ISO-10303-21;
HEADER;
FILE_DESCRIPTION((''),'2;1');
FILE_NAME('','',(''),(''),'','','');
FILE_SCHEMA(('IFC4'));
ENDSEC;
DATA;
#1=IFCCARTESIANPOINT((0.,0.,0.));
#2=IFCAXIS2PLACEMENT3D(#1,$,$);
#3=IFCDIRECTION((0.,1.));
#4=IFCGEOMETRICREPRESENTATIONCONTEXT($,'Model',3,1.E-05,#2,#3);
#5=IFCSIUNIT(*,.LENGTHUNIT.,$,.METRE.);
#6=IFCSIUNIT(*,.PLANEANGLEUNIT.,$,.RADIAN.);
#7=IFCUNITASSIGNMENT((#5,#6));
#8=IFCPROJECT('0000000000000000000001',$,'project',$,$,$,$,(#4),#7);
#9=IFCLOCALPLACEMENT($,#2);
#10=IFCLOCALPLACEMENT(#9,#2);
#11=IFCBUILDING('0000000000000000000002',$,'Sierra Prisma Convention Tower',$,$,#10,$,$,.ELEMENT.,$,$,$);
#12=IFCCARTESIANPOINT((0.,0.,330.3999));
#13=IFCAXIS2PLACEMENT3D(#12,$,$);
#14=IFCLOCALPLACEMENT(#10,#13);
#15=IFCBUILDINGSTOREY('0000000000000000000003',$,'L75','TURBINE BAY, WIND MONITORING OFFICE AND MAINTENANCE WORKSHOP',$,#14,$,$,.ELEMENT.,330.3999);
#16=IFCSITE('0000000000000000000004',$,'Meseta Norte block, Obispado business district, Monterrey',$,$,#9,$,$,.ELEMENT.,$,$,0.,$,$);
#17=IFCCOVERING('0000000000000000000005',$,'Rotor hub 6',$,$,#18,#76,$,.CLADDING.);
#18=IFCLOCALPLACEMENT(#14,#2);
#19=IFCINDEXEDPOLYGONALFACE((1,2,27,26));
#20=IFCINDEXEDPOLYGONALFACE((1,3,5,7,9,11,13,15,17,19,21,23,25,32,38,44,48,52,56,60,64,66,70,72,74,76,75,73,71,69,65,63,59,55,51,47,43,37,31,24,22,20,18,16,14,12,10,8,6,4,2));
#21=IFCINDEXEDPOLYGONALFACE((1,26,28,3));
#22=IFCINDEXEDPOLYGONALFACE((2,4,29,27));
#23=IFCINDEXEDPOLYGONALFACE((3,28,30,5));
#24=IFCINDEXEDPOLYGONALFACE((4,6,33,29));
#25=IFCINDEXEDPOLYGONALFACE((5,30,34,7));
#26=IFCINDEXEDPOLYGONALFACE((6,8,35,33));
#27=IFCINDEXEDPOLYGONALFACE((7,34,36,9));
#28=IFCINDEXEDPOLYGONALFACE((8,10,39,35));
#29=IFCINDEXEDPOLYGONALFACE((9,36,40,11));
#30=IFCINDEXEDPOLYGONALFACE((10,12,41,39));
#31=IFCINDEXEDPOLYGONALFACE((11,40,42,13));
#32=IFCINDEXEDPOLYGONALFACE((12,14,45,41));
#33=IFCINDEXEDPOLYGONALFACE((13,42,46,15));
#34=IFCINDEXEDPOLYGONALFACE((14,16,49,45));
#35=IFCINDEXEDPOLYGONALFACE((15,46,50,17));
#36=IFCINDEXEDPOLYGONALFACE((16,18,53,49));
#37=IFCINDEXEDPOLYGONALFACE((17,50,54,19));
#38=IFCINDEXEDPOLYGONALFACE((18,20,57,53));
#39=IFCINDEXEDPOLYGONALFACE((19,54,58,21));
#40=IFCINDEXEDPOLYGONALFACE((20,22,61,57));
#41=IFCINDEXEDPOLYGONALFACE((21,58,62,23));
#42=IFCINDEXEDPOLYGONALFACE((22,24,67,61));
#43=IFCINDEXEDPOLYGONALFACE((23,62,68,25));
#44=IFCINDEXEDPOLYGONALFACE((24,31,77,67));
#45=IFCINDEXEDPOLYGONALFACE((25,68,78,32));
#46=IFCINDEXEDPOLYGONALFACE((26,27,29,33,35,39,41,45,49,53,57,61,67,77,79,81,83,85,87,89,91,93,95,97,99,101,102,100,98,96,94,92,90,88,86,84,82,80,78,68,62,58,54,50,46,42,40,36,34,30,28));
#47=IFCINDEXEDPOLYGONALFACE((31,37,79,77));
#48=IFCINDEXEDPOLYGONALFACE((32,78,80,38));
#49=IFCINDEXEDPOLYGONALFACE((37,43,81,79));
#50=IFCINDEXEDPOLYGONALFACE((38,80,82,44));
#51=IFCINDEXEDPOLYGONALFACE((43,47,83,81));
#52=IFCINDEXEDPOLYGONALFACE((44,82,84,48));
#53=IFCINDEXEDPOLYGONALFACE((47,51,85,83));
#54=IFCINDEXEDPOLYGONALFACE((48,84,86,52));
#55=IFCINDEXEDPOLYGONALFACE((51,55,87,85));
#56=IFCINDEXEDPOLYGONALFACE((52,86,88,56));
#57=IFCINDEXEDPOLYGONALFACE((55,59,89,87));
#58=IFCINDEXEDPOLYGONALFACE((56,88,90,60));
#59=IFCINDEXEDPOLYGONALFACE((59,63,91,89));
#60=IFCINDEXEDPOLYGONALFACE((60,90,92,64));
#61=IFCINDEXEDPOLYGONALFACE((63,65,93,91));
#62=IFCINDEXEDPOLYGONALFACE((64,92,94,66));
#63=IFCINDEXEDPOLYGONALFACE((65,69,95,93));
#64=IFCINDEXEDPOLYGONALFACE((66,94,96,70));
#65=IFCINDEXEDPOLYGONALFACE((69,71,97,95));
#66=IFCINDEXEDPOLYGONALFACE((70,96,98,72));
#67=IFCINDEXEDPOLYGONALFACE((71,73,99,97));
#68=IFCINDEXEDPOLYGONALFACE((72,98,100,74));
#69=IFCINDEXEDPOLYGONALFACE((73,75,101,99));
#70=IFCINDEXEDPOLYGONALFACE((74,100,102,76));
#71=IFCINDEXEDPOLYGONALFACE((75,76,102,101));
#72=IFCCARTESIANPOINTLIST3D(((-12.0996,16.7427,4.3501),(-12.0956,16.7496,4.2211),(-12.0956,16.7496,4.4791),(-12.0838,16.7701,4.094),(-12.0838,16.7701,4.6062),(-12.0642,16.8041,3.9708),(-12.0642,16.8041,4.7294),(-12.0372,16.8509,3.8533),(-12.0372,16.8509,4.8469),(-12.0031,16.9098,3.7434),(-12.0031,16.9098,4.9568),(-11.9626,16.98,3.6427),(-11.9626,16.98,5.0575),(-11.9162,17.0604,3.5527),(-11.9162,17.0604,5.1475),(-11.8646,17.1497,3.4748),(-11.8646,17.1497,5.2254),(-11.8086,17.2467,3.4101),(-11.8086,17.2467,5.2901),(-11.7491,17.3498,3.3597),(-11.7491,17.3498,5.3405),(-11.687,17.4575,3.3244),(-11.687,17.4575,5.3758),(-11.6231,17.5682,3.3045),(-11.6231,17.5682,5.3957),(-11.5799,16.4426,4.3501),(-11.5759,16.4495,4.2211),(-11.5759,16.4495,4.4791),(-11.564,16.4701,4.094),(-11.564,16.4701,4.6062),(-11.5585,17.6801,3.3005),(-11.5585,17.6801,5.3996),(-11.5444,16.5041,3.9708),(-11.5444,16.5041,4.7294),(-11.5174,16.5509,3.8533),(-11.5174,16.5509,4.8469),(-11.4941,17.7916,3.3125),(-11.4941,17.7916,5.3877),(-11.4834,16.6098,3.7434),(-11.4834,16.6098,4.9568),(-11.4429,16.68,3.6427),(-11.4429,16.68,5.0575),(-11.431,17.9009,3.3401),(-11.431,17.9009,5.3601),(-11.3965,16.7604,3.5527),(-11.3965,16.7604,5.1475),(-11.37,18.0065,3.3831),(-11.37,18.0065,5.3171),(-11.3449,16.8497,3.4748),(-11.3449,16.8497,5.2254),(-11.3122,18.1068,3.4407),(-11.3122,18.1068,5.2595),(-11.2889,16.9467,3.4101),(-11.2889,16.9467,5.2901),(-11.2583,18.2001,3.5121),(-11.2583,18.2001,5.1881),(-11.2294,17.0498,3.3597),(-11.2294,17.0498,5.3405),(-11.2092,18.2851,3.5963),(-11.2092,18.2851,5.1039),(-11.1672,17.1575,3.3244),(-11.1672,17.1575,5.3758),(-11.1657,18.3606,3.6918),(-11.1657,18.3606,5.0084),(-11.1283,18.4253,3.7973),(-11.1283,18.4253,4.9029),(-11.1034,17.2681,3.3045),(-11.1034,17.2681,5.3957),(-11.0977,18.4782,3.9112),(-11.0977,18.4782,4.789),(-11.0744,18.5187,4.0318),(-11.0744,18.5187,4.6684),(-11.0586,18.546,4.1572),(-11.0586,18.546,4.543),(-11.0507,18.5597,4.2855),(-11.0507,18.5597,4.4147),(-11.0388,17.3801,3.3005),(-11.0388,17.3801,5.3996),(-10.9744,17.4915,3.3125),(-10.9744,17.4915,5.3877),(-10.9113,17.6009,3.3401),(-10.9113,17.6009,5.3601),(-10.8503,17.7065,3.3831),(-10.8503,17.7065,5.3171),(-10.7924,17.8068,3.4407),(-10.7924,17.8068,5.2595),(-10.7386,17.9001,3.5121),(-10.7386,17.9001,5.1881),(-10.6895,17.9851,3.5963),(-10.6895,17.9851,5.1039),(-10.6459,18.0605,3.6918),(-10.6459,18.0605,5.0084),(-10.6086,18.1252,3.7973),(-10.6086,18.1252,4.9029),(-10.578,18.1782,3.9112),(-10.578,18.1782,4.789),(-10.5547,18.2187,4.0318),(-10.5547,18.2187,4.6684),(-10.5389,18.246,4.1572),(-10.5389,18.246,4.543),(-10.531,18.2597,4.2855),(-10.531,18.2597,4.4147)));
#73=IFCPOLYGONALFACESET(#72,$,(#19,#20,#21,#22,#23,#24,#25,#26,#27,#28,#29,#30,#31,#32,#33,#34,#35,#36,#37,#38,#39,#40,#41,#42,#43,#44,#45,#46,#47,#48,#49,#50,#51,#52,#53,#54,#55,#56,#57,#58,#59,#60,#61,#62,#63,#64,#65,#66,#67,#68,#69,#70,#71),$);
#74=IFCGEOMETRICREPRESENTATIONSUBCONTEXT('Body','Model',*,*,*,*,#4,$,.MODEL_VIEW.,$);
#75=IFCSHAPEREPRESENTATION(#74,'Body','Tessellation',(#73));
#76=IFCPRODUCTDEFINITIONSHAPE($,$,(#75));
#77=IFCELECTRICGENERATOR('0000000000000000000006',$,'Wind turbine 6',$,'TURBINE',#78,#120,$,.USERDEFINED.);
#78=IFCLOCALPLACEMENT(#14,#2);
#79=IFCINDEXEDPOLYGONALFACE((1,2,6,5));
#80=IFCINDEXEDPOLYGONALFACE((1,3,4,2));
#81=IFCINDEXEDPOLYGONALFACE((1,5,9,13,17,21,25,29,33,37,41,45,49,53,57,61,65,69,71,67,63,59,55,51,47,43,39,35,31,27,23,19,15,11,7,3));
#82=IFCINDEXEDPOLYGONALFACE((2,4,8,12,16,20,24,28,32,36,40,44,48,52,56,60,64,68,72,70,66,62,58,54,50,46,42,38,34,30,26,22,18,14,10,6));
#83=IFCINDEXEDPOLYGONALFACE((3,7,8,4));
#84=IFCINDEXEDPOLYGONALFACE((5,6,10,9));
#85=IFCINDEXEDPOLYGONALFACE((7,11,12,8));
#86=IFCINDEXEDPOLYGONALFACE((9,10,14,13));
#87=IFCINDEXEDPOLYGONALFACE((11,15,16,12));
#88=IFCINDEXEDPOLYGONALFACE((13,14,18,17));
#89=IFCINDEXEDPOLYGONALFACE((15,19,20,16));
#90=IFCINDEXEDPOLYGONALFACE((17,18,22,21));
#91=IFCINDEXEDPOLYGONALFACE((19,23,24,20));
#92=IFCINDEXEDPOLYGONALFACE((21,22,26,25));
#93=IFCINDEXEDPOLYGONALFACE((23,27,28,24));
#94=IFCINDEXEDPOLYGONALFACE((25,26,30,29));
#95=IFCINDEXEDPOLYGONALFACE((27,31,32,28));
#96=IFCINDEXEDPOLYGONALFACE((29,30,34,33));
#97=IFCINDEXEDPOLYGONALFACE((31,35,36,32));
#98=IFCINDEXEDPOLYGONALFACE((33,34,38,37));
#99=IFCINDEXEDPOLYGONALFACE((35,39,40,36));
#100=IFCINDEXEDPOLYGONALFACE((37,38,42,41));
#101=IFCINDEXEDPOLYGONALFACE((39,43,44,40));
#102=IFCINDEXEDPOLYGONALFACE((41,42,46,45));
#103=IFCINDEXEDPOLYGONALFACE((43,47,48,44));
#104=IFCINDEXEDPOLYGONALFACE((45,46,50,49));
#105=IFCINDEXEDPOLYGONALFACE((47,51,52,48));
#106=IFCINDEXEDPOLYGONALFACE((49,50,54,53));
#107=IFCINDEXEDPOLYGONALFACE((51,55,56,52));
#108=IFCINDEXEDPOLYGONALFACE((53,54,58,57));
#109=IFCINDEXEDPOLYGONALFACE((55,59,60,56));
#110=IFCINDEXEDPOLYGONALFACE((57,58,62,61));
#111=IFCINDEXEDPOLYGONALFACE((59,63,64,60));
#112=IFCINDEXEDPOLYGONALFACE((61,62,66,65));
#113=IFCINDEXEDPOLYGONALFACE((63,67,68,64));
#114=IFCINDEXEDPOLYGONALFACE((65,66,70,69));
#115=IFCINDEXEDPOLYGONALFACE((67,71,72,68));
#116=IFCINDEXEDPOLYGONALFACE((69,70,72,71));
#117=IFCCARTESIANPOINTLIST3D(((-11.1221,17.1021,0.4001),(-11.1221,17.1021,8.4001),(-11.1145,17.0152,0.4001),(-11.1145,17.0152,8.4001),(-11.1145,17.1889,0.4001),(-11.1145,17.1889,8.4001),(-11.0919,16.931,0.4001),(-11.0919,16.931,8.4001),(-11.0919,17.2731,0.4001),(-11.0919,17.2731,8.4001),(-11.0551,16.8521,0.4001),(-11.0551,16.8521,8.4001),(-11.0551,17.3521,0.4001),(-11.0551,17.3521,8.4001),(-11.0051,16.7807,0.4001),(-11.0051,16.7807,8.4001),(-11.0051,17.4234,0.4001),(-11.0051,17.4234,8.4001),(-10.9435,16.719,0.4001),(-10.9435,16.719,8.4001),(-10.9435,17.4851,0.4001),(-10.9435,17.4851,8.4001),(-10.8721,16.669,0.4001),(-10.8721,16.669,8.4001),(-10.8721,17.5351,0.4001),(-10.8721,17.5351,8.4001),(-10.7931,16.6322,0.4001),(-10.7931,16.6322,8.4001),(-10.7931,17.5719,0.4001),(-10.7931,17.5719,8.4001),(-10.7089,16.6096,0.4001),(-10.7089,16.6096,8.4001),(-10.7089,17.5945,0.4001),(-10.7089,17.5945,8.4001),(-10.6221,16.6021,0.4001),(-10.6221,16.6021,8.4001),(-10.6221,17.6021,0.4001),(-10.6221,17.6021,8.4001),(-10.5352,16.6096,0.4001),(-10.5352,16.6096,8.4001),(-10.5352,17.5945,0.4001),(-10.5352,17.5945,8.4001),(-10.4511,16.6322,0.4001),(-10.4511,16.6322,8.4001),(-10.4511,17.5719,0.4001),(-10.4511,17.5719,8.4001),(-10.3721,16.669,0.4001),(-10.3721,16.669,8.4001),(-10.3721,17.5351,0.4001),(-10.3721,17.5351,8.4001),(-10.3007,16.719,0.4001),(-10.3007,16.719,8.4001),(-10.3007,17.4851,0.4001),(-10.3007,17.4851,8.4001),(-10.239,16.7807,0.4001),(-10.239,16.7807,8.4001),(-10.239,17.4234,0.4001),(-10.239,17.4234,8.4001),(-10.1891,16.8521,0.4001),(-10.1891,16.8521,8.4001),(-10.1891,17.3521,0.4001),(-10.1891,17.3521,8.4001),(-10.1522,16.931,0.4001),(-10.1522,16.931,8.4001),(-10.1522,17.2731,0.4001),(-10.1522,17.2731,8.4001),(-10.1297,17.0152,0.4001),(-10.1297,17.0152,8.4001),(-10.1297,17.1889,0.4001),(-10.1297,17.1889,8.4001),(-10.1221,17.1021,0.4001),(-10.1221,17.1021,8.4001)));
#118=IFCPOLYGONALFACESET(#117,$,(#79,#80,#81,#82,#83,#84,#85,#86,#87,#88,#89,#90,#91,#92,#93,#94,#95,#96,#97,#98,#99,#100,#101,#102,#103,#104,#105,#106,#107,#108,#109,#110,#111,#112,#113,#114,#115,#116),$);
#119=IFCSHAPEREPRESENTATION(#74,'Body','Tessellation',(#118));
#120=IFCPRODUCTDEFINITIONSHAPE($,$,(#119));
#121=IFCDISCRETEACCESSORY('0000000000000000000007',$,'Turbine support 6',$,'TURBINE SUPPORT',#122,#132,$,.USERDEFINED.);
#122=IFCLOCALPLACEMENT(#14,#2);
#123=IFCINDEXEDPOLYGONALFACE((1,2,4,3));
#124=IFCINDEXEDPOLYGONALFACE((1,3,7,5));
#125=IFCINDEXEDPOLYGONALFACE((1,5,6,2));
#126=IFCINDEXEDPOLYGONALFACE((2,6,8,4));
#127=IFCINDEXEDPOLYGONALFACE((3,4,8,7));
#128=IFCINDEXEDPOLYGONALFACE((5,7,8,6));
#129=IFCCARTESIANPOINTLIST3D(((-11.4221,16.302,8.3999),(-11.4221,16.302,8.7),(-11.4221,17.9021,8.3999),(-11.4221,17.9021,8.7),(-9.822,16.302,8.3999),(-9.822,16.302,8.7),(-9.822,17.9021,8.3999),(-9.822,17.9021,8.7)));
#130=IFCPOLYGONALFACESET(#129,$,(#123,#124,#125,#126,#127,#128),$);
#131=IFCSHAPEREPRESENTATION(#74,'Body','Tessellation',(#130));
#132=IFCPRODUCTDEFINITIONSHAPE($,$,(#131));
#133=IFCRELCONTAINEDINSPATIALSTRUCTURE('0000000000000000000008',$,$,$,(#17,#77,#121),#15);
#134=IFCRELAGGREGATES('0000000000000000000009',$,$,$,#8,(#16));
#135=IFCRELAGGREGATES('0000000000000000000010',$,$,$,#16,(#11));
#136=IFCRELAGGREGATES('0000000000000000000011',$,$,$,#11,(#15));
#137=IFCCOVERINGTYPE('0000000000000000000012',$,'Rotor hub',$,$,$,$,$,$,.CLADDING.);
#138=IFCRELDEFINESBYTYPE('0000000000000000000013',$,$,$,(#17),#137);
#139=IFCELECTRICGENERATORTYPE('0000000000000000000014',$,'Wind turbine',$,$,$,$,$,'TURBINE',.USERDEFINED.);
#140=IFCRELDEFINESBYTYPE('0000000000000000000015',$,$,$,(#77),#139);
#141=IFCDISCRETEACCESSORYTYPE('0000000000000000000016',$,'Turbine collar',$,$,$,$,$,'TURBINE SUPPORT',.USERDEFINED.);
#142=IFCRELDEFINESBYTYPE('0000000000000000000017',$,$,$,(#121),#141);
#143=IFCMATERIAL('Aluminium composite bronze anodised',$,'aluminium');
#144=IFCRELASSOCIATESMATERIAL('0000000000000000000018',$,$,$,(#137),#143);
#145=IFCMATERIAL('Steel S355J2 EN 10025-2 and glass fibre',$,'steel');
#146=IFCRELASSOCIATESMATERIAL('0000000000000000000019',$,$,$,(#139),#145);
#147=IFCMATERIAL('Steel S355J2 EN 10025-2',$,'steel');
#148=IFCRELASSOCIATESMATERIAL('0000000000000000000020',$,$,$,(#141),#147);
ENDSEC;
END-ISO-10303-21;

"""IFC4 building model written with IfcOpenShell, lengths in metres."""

from ifc_helpers import new_model, si_unit, direction, frame, origin, origin_2d, place, context, subcontext, project, spatial, rectangle, circle, extrude, material, material_profile, profile_set, type_object, element, save


model = new_model("IFC4")

# Units and contexts
model_context = context("Model", 3, precision=1e-05, world=origin(), true_north=direction((0.0, 1.0)))
body_context = subcontext(model_context, "Body", "Model", "MODEL_VIEW")
ifc_project = project(units=[si_unit("LENGTHUNIT", "METRE"), si_unit("PLANEANGLEUNIT", "RADIAN")], contexts=[model_context])

# Site, building, storey
site_placement = place(None, origin())
site = spatial("IfcSite", under=ifc_project, at=site_placement, Name="Meseta Norte block, Obispado business district, Monterrey", CompositionType="ELEMENT", RefElevation=0.0)
building_placement = place(site_placement, origin())
building = spatial("IfcBuilding", under=site, at=building_placement, Name="Sierra Prisma Convention Tower", CompositionType="ELEMENT")
storey_placement = place(building_placement, frame((0.0, 0.0, 330.3999)))
storey = spatial("IfcBuildingStorey", under=building, at=storey_placement, Name="L75", Description="TURBINE BAY, WIND MONITORING OFFICE AND MAINTENANCE WORKSHOP", CompositionType="ELEMENT", Elevation=330.3999)

# Covering
ifc_material_1 = material(Name="Aluminium composite bronze anodised", Category="aluminium")
ifc_material_profile_1 = material_profile(ifc_material_1, circle(Radius=1.05, at=origin_2d()), Name="ROTOR HUB 2100")
ifc_profile_set_1 = profile_set([ifc_material_profile_1], Name="Aluminium composite bronze anodised")
covering_type_1 = type_object("IfcCoveringType", Name="Rotor hub", PredefinedType="CLADDING", material=ifc_profile_set_1)
covering_1_placement = place(storey_placement, frame((-11.0549, 17.3521, 4.3501), z_axis=(-0.866057, 0.499945, 0.0), x_axis=(-0.499945, -0.866057, 0.0)))
element("IfcCovering", 1, at=covering_1_placement, inside=storey, type_object=covering_type_1, Name="Rotor hub 6", PredefinedType="CLADDING", context=body_context, shape_type="SweptSolid", body=[
    extrude(circle(Radius=1.05, at=origin_2d()), origin(), (0.0, 0.0, 1.0), 0.6001),
])

# Electric generator
ifc_material_2 = material(Name="Steel S355J2 EN 10025-2 and glass fibre", Category="steel")
ifc_material_profile_2 = material_profile(ifc_material_2, circle(Radius=0.5, at=origin_2d()), Name="TURBINE 1000")
ifc_profile_set_2 = profile_set([ifc_material_profile_2], Name="Steel S355J2 EN 10025-2 and glass fibre")
electric_generator_type = type_object("IfcElectricGeneratorType", Name="Wind turbine", ElementType="TURBINE", PredefinedType="USERDEFINED", material=ifc_profile_set_2)
electric_generator_placement = place(storey_placement, frame((-10.6221, 17.1021, 0.4001), z_axis=(0.0, 0.0, 1.0), x_axis=(1.0, 0.0, 0.0)))
element("IfcElectricGenerator", 2, at=electric_generator_placement, inside=storey, type_object=electric_generator_type, Name="Wind turbine 6", ObjectType="TURBINE", PredefinedType="USERDEFINED", context=body_context, shape_type="SweptSolid", body=[
    extrude(circle(Radius=0.5, at=origin_2d()), origin(), (0.0, 0.0, 1.0), 8.0),
])

# Discrete accessory
ifc_material_3 = material(Name="Steel S355J2 EN 10025-2", Category="steel")
discrete_accessory_type = type_object("IfcDiscreteAccessoryType", Name="Turbine collar", ElementType="TURBINE SUPPORT", PredefinedType="USERDEFINED", material=ifc_material_3)
discrete_accessory_placement = place(storey_placement, frame((-10.6221, 17.1021, 8.3999), z_axis=(0.0, 0.0, 1.0), x_axis=(1.0, 0.0, 0.0)))
element("IfcDiscreteAccessory", 3, at=discrete_accessory_placement, inside=storey, type_object=discrete_accessory_type, Name="Turbine support 6", ObjectType="TURBINE SUPPORT", PredefinedType="USERDEFINED", context=body_context, shape_type="SweptSolid", body=[
    extrude(rectangle(XDim=1.6001, YDim=1.6001, at=origin_2d()), origin(), (0.0, 0.0, 1.0), 0.3),
])

save(model, "model.ifc")
